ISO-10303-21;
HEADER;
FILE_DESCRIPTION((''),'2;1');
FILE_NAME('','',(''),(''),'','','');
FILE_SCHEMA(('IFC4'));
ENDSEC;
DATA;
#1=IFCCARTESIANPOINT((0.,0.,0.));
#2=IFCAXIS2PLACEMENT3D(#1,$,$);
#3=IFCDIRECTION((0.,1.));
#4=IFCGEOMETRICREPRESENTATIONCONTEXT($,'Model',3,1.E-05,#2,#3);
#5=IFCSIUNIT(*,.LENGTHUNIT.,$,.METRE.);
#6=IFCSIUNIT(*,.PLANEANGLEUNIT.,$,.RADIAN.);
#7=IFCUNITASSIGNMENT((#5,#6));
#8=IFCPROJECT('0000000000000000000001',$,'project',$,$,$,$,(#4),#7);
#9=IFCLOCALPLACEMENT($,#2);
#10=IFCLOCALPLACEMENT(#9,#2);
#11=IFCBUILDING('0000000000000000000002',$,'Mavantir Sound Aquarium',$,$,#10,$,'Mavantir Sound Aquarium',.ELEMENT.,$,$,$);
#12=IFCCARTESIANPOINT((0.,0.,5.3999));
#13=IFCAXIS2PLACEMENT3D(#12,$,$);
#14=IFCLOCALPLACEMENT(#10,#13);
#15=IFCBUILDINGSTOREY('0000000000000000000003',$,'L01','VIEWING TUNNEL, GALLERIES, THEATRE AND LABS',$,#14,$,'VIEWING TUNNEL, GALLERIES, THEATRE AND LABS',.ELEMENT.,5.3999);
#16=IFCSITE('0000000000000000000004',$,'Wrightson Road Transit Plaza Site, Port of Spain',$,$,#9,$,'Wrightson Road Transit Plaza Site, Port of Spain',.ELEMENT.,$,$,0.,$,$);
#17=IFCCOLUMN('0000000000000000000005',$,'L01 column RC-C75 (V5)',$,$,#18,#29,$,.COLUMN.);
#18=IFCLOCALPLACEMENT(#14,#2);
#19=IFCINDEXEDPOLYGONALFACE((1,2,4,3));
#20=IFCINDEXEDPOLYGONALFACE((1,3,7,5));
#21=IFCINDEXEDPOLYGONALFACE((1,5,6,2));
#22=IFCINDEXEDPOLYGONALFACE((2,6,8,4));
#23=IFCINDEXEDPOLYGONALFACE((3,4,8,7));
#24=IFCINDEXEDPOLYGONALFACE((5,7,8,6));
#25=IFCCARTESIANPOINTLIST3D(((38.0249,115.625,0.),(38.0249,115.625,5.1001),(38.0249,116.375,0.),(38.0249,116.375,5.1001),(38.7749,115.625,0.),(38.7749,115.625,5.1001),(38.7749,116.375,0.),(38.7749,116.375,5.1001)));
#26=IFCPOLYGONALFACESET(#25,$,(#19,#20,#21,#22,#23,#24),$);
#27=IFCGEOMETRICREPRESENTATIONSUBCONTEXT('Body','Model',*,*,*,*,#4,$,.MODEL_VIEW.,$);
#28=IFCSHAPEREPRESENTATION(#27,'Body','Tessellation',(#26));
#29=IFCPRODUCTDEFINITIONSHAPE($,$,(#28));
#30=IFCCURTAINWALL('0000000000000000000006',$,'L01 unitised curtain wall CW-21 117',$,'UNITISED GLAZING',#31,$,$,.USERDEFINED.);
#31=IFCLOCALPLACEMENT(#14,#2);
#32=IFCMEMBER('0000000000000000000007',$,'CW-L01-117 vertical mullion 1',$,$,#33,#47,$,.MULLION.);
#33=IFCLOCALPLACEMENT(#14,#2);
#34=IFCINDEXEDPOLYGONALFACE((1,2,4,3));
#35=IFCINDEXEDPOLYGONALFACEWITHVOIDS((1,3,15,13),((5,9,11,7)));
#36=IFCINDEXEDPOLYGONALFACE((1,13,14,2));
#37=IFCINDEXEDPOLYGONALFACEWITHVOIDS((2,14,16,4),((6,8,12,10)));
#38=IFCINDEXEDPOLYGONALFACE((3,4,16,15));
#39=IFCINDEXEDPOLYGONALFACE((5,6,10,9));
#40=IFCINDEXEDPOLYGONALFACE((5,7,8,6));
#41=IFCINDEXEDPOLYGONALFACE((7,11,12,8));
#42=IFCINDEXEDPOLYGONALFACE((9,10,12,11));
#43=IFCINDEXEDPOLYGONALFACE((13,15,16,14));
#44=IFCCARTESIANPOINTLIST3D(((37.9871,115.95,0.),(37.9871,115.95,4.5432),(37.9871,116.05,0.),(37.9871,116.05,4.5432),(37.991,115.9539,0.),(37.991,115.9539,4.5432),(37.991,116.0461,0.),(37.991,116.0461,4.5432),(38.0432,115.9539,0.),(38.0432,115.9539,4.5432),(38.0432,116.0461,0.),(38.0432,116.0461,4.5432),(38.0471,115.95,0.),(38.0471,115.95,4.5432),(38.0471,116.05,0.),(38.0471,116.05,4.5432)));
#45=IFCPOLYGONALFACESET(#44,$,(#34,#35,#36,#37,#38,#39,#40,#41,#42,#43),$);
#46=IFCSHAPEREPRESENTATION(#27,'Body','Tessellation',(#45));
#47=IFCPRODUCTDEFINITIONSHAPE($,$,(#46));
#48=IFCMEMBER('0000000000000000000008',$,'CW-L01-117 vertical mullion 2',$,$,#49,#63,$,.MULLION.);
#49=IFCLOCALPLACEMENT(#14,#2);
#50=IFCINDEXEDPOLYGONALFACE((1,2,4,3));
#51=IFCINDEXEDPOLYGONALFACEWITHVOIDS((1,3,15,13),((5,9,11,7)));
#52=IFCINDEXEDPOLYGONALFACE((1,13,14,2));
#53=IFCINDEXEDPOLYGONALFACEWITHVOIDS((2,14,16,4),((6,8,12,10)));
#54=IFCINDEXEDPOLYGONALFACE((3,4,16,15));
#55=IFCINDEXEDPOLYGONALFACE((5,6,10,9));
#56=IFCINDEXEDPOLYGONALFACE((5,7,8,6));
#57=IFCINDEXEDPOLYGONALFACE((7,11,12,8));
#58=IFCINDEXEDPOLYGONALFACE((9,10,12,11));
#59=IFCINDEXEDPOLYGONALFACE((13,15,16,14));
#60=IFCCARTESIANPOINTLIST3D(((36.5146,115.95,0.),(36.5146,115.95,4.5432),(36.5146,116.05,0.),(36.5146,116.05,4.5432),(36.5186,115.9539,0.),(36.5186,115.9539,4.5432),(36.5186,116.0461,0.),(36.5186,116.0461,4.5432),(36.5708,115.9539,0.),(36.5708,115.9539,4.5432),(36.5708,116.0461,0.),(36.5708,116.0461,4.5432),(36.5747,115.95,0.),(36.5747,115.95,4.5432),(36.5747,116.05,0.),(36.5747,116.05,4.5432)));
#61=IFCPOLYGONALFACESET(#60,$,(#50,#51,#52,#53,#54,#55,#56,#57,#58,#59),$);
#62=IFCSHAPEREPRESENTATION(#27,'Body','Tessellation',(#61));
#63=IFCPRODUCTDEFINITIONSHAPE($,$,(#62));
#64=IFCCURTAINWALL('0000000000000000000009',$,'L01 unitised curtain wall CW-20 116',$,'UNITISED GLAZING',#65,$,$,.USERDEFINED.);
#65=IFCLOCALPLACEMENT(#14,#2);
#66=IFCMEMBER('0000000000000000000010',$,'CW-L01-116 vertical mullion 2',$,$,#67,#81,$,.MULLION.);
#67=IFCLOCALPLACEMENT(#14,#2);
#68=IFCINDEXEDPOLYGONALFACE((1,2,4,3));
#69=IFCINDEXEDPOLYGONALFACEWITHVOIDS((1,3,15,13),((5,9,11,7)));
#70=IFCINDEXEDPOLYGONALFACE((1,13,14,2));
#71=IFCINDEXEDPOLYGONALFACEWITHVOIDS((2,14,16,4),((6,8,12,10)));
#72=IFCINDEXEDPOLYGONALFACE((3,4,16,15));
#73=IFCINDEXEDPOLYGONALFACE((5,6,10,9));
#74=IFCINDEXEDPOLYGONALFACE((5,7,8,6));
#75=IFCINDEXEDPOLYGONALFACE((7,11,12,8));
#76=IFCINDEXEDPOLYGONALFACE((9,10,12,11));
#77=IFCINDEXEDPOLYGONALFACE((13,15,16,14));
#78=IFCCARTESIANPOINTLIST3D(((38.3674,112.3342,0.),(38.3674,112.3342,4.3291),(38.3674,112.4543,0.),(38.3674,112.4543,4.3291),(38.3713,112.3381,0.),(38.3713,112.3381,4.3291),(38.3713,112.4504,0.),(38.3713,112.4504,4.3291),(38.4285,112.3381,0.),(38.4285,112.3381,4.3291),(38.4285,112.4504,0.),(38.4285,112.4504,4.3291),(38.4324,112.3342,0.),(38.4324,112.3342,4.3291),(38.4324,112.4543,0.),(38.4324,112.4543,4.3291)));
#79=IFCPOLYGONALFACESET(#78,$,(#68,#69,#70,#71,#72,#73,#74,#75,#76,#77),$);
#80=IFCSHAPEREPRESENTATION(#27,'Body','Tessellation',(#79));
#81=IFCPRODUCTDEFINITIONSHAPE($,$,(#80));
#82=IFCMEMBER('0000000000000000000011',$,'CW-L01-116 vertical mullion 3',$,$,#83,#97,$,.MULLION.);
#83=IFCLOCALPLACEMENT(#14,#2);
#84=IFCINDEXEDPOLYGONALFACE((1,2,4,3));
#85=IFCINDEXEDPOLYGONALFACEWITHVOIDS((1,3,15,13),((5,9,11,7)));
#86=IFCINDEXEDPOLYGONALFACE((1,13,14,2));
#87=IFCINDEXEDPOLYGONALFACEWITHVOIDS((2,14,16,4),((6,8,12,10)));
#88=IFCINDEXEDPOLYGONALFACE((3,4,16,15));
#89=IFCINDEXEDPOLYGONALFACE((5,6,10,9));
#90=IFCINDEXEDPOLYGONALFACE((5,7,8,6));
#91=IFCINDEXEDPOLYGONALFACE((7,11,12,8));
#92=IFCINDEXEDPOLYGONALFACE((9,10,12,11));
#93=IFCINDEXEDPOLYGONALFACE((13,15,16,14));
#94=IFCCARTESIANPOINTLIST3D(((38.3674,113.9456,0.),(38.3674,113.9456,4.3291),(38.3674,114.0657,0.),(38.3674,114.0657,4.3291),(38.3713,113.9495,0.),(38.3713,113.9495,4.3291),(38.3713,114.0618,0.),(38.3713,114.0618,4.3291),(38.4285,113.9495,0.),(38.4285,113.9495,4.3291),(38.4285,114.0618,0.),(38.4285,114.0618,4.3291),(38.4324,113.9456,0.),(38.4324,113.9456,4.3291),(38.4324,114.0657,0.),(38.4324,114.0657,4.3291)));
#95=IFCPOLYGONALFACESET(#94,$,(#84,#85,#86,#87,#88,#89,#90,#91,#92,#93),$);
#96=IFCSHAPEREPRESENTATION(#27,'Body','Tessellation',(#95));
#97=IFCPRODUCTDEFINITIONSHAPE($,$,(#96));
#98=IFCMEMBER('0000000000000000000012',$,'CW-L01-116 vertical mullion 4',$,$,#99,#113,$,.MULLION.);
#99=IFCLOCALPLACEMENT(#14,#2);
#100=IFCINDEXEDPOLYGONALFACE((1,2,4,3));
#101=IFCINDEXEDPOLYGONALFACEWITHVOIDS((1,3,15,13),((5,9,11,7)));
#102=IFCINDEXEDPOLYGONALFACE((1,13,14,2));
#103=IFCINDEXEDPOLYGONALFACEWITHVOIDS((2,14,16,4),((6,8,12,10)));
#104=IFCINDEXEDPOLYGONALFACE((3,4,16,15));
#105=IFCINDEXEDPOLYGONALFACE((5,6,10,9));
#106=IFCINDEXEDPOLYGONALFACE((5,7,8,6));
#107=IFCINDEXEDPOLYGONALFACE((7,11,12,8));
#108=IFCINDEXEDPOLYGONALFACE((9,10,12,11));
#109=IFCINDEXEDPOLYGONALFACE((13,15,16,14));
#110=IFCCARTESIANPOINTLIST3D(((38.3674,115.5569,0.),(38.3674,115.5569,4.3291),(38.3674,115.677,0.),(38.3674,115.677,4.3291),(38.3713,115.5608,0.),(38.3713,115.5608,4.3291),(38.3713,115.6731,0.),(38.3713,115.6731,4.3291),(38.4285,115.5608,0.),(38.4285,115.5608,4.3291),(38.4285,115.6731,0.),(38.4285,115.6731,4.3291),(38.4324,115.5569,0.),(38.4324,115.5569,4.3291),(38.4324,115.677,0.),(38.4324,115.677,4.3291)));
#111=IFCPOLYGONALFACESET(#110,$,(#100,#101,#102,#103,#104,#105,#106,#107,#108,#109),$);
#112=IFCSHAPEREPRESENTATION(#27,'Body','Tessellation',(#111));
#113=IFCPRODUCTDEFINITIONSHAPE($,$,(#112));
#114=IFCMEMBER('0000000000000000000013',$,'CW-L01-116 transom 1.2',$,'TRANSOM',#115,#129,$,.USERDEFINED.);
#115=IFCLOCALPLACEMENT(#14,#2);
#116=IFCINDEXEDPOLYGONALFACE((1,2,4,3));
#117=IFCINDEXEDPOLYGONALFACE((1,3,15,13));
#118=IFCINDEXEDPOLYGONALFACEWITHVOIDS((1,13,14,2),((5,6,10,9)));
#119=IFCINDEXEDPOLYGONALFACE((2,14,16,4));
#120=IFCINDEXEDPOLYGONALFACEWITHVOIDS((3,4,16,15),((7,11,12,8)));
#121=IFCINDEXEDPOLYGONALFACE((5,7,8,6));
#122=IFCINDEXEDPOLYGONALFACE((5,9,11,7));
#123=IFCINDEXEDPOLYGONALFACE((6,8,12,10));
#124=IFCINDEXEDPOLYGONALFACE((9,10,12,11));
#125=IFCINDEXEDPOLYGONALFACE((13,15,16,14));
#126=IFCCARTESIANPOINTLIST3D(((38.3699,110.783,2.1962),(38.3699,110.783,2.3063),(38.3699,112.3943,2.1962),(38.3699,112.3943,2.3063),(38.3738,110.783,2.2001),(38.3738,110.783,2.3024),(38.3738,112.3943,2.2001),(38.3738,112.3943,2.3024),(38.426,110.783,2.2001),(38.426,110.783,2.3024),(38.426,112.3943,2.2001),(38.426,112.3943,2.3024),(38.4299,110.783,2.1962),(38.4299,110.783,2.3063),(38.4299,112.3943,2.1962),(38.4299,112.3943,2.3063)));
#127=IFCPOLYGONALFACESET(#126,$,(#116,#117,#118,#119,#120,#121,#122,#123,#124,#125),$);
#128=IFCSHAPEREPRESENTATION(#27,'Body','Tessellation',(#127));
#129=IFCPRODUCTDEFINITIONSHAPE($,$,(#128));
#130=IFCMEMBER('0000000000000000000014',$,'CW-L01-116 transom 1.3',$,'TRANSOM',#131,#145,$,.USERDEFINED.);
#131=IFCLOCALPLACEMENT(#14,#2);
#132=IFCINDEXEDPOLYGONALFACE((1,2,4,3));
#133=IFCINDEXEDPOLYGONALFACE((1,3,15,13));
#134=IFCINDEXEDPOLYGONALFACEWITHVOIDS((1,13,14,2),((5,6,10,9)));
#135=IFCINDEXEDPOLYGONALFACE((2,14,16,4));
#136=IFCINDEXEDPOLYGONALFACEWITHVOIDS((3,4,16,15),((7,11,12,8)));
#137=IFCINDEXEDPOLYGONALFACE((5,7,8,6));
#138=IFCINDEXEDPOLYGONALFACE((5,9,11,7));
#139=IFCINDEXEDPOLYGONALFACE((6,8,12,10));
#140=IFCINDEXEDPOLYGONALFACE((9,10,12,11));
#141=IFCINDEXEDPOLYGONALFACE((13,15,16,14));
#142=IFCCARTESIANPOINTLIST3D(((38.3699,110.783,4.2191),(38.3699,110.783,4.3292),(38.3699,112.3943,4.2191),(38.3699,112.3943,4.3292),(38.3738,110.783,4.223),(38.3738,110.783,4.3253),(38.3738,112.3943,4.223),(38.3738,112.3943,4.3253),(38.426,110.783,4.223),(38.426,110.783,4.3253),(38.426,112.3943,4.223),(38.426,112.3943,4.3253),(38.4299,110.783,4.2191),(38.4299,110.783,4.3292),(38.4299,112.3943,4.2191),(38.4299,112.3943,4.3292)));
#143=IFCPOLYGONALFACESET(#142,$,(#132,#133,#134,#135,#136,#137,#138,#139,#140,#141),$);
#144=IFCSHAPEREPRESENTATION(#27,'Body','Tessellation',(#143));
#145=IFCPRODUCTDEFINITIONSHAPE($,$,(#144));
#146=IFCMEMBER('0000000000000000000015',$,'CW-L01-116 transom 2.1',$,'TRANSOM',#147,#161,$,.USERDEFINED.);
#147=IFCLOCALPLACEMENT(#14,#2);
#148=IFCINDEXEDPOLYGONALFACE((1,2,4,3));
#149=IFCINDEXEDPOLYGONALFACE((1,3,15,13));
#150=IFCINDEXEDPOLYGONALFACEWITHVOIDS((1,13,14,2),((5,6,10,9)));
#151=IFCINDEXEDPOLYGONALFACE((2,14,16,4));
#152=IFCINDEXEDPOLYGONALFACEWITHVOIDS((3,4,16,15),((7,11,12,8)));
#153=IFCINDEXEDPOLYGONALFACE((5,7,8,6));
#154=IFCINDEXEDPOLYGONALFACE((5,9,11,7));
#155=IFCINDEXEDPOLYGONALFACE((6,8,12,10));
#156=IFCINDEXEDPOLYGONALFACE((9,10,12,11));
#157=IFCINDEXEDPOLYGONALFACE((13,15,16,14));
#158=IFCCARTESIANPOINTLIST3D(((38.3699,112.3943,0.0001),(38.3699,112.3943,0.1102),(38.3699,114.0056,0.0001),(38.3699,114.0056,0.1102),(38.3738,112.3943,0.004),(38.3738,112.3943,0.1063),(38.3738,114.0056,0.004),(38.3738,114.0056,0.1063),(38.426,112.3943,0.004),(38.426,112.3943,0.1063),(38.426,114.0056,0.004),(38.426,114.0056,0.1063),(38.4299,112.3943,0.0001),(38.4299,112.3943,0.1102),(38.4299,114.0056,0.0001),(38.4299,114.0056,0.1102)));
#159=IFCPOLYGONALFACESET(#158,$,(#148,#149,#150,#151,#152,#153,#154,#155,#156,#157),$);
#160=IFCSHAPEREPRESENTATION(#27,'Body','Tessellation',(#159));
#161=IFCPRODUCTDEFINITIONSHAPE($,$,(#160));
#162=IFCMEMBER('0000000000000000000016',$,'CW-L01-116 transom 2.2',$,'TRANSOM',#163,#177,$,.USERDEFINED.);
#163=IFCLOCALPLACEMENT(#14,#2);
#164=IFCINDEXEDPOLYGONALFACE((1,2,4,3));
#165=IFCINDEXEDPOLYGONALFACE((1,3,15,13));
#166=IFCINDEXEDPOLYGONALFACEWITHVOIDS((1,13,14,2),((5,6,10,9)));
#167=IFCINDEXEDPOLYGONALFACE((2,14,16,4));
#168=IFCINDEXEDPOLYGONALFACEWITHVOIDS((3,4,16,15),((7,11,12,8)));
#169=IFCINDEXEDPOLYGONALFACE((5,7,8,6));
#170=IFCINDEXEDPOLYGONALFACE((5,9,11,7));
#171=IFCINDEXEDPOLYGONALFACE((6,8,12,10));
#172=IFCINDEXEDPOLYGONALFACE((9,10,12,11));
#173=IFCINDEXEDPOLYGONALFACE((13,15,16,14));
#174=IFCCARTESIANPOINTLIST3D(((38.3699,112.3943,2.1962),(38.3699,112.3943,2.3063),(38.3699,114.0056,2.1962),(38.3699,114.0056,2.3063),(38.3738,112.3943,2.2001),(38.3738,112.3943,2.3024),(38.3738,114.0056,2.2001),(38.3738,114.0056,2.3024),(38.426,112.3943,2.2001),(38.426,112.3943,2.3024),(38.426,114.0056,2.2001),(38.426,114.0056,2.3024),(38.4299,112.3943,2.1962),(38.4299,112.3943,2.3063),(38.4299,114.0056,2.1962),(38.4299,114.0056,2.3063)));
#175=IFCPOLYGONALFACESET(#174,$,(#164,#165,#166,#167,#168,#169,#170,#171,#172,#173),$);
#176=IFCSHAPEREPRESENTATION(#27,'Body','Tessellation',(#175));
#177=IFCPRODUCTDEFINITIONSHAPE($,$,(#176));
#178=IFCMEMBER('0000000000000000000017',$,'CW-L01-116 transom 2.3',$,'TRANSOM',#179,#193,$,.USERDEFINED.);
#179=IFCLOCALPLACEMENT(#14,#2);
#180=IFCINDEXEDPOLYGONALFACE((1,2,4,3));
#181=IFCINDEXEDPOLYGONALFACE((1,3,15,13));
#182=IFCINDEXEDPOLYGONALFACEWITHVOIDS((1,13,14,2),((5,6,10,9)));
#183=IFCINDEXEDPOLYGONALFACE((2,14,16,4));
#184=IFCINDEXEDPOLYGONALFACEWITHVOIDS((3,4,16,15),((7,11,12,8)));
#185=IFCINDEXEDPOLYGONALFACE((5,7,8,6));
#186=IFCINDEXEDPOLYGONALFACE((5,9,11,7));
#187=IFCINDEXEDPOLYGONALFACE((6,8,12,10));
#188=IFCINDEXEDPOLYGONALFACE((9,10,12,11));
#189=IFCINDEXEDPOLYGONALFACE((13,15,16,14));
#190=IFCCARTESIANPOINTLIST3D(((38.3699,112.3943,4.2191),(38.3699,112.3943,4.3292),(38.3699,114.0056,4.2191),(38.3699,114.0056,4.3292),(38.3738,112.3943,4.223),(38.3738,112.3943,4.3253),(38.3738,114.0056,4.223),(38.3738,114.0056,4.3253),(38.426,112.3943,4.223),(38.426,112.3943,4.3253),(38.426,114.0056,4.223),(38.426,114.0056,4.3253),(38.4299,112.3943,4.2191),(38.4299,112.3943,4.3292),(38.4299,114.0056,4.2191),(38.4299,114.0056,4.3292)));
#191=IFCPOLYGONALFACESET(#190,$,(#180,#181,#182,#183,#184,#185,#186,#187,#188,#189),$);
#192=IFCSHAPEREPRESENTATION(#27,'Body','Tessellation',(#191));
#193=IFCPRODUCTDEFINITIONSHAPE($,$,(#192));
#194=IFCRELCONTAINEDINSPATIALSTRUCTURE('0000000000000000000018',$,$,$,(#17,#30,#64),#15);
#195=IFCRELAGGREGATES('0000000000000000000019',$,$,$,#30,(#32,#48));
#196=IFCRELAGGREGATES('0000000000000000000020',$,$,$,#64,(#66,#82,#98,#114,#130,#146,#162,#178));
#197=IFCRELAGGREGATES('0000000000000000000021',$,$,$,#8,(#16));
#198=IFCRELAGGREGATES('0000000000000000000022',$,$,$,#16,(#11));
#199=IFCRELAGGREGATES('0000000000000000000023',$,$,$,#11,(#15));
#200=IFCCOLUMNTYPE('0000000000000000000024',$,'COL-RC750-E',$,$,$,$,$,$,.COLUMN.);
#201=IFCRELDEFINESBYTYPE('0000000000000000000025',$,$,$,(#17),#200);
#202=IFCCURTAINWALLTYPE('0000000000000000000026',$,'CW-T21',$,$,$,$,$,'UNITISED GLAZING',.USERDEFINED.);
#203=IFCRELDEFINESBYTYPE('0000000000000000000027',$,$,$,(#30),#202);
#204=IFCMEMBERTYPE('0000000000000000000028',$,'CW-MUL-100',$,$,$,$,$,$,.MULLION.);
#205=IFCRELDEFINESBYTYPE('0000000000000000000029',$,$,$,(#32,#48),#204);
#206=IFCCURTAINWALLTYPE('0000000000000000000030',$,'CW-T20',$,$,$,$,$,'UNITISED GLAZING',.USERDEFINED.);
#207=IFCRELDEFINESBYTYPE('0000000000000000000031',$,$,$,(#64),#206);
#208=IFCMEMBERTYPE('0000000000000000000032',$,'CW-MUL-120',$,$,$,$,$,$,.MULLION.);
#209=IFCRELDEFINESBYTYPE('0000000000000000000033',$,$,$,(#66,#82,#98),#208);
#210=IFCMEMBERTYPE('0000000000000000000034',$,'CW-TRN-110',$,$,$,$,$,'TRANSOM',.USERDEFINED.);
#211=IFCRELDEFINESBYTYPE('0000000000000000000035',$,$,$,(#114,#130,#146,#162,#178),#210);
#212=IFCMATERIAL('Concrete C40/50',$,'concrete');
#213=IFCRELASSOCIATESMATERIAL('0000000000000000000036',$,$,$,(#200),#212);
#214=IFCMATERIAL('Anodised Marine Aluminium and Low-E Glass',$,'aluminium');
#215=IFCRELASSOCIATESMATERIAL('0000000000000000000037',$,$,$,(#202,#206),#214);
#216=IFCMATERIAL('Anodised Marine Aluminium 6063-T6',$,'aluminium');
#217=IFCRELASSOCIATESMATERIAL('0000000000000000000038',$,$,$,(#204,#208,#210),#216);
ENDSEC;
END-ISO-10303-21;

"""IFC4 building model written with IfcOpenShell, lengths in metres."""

from ifc_helpers import new_model, si_unit, direction, frame, origin, origin_2d, place, context, subcontext, project, spatial, rectangle, hollow_rectangle, extrude, material, material_profile, profile_set, type_object, element, aggregate, save


model = new_model("IFC4")

# Units and contexts
model_context = context("Model", 3, precision=1e-05, world=origin(), true_north=direction((0.0, 1.0)))
body_context = subcontext(model_context, "Body", "Model", "MODEL_VIEW")
ifc_project = project(units=[si_unit("LENGTHUNIT", "METRE"), si_unit("PLANEANGLEUNIT", "RADIAN")], contexts=[model_context])

# Site, building, storey
site_placement = place(None, origin())
site = spatial("IfcSite", under=ifc_project, at=site_placement, Name="Wrightson Road Transit Plaza Site, Port of Spain", LongName="Wrightson Road Transit Plaza Site, Port of Spain", CompositionType="ELEMENT", RefElevation=0.0)
building_placement = place(site_placement, origin())
building = spatial("IfcBuilding", under=site, at=building_placement, Name="Mavantir Sound Aquarium", LongName="Mavantir Sound Aquarium", CompositionType="ELEMENT")
storey_placement = place(building_placement, frame((0.0, 0.0, 5.3999)))
storey = spatial("IfcBuildingStorey", under=building, at=storey_placement, Name="L01", Description="VIEWING TUNNEL, GALLERIES, THEATRE AND LABS", LongName="VIEWING TUNNEL, GALLERIES, THEATRE AND LABS", CompositionType="ELEMENT", Elevation=5.3999)

# Column
ifc_material_1 = material(Name="Concrete C40/50", Category="concrete")
ifc_material_profile_1 = material_profile(ifc_material_1, rectangle(XDim=0.75, YDim=0.75, at=origin_2d()), Name="RC 750X750")
ifc_profile_set_1 = profile_set([ifc_material_profile_1], Name="Concrete C40/50")
column_type = type_object("IfcColumnType", Name="COL-RC750-E", PredefinedType="COLUMN", material=ifc_profile_set_1)
column_placement = place(storey_placement, frame((38.3999, 116.0, 0.0), z_axis=(0.0, 0.0, 1.0), x_axis=(1.0, 0.0, 0.0)))
element("IfcColumn", 1, at=column_placement, inside=storey, type_object=column_type, Name="L01 column RC-C75 (V5)", PredefinedType="COLUMN", context=body_context, shape_type="SweptSolid", body=[
    extrude(rectangle(XDim=0.75, YDim=0.75, at=origin_2d()), origin(), (0.0, 0.0, 1.0), 5.1001),
])

# Curtain walls, members
ifc_material_2 = material(Name="Anodised Marine Aluminium and Low-E Glass", Category="aluminium")
curtain_wall_type_1 = type_object("IfcCurtainWallType", Name="CW-T21", ElementType="UNITISED GLAZING", PredefinedType="USERDEFINED", material=ifc_material_2)
curtain_wall_1_placement = place(storey_placement, origin())
curtain_wall_1 = element("IfcCurtainWall", 2, at=curtain_wall_1_placement, inside=storey, type_object=curtain_wall_type_1, Name="L01 unitised curtain wall CW-21 117", ObjectType="UNITISED GLAZING", PredefinedType="USERDEFINED")
ifc_material_3 = material(Name="Anodised Marine Aluminium 6063-T6", Category="aluminium")
ifc_material_profile_2 = material_profile(ifc_material_3, hollow_rectangle(XDim=0.0601, YDim=0.1001, WallThickness=0.0039, at=origin_2d()), Name="ALU-MULLION-100X60")
ifc_profile_set_2 = profile_set([ifc_material_profile_2], Name="Anodised Marine Aluminium 6063-T6")
member_type_1 = type_object("IfcMemberType", Name="CW-MUL-100", PredefinedType="MULLION", material=ifc_profile_set_2)
member_1_placement = place(storey_placement, frame((38.0171, 116.0, 0.0), z_axis=(0.0, 0.0, 1.0), x_axis=(1.0, 0.0, 0.0)))
member_1 = element("IfcMember", 3, at=member_1_placement, type_object=member_type_1, Name="CW-L01-117 vertical mullion 1", PredefinedType="MULLION", context=body_context, shape_type="SweptSolid", body=[
    extrude(hollow_rectangle(XDim=0.0601, YDim=0.1001, WallThickness=0.0039, at=origin_2d()), origin(), (0.0, 0.0, 1.0), 4.5432),
])
member_2_placement = place(storey_placement, frame((36.5447, 116.0, 0.0), z_axis=(0.0, 0.0, 1.0), x_axis=(1.0, 0.0, 0.0)))
member_2 = element("IfcMember", 4, at=member_2_placement, type_object=member_type_1, Name="CW-L01-117 vertical mullion 2", PredefinedType="MULLION", context=body_context, shape_type="SweptSolid", body=[
    extrude(hollow_rectangle(XDim=0.0601, YDim=0.1001, WallThickness=0.0039, at=origin_2d()), origin(), (0.0, 0.0, 1.0), 4.5432),
])
curtain_wall_type_2 = type_object("IfcCurtainWallType", Name="CW-T20", ElementType="UNITISED GLAZING", PredefinedType="USERDEFINED", material=ifc_material_2)
curtain_wall_2_placement = place(storey_placement, origin())
curtain_wall_2 = element("IfcCurtainWall", 5, at=curtain_wall_2_placement, inside=storey, type_object=curtain_wall_type_2, Name="L01 unitised curtain wall CW-20 116", ObjectType="UNITISED GLAZING", PredefinedType="USERDEFINED")
ifc_material_profile_3 = material_profile(ifc_material_3, hollow_rectangle(XDim=0.0649, YDim=0.1201, WallThickness=0.0039, at=origin_2d()), Name="ALU-MULLION-120X65")
ifc_profile_set_3 = profile_set([ifc_material_profile_3], Name="Anodised Marine Aluminium 6063-T6")
member_type_2 = type_object("IfcMemberType", Name="CW-MUL-120", PredefinedType="MULLION", material=ifc_profile_set_3)
member_3_placement = place(storey_placement, frame((38.3999, 112.3943, 0.0), z_axis=(0.0, 0.0, 1.0), x_axis=(1.0, 0.0, 0.0)))
member_3 = element("IfcMember", 6, at=member_3_placement, type_object=member_type_2, Name="CW-L01-116 vertical mullion 2", PredefinedType="MULLION", context=body_context, shape_type="SweptSolid", body=[
    extrude(hollow_rectangle(XDim=0.0649, YDim=0.1201, WallThickness=0.0039, at=origin_2d()), origin(), (0.0, 0.0, 1.0), 4.3291),
])
member_4_placement = place(storey_placement, frame((38.3999, 114.0056, 0.0), z_axis=(0.0, 0.0, 1.0), x_axis=(1.0, 0.0, 0.0)))
member_4 = element("IfcMember", 7, at=member_4_placement, type_object=member_type_2, Name="CW-L01-116 vertical mullion 3", PredefinedType="MULLION", context=body_context, shape_type="SweptSolid", body=[
    extrude(hollow_rectangle(XDim=0.0649, YDim=0.1201, WallThickness=0.0039, at=origin_2d()), origin(), (0.0, 0.0, 1.0), 4.3291),
])
member_5_placement = place(storey_placement, frame((38.3999, 115.6169, 0.0), z_axis=(0.0, 0.0, 1.0), x_axis=(1.0, 0.0, 0.0)))
member_5 = element("IfcMember", 8, at=member_5_placement, type_object=member_type_2, Name="CW-L01-116 vertical mullion 4", PredefinedType="MULLION", context=body_context, shape_type="SweptSolid", body=[
    extrude(hollow_rectangle(XDim=0.0649, YDim=0.1201, WallThickness=0.0039, at=origin_2d()), origin(), (0.0, 0.0, 1.0), 4.3291),
])
ifc_material_profile_4 = material_profile(ifc_material_3, hollow_rectangle(XDim=0.0601, YDim=0.1101, WallThickness=0.0039, at=origin_2d()), Name="ALU-TRANSOM-110X60")
ifc_profile_set_4 = profile_set([ifc_material_profile_4], Name="Anodised Marine Aluminium 6063-T6")
member_type_3 = type_object("IfcMemberType", Name="CW-TRN-110", ElementType="TRANSOM", PredefinedType="USERDEFINED", material=ifc_profile_set_4)
member_6_placement = place(storey_placement, frame((38.3999, 110.783, 2.2512), z_axis=(0.0, 1.0, 0.0), x_axis=(-1.0, 0.0, 0.0)))
member_6 = element("IfcMember", 9, at=member_6_placement, type_object=member_type_3, Name="CW-L01-116 transom 1.2", ObjectType="TRANSOM", PredefinedType="USERDEFINED", context=body_context, shape_type="SweptSolid", body=[
    extrude(hollow_rectangle(XDim=0.0601, YDim=0.1101, WallThickness=0.0039, at=origin_2d()), origin(), (0.0, 0.0, 1.0), 1.6113),
])
member_7_placement = place(storey_placement, frame((38.3999, 110.783, 4.2742), z_axis=(0.0, 1.0, 0.0), x_axis=(-1.0, 0.0, 0.0)))
member_7 = element("IfcMember", 10, at=member_7_placement, type_object=member_type_3, Name="CW-L01-116 transom 1.3", ObjectType="TRANSOM", PredefinedType="USERDEFINED", context=body_context, shape_type="SweptSolid", body=[
    extrude(hollow_rectangle(XDim=0.0601, YDim=0.1101, WallThickness=0.0039, at=origin_2d()), origin(), (0.0, 0.0, 1.0), 1.6113),
])
member_8_placement = place(storey_placement, frame((38.3999, 112.3943, 0.0552), z_axis=(0.0, 1.0, 0.0), x_axis=(-1.0, 0.0, 0.0)))
member_8 = element("IfcMember", 11, at=member_8_placement, type_object=member_type_3, Name="CW-L01-116 transom 2.1", ObjectType="TRANSOM", PredefinedType="USERDEFINED", context=body_context, shape_type="SweptSolid", body=[
    extrude(hollow_rectangle(XDim=0.0601, YDim=0.1101, WallThickness=0.0039, at=origin_2d()), origin(), (0.0, 0.0, 1.0), 1.6113),
])
member_9_placement = place(storey_placement, frame((38.3999, 112.3943, 2.2512), z_axis=(0.0, 1.0, 0.0), x_axis=(-1.0, 0.0, 0.0)))
member_9 = element("IfcMember", 12, at=member_9_placement, type_object=member_type_3, Name="CW-L01-116 transom 2.2", ObjectType="TRANSOM", PredefinedType="USERDEFINED", context=body_context, shape_type="SweptSolid", body=[
    extrude(hollow_rectangle(XDim=0.0601, YDim=0.1101, WallThickness=0.0039, at=origin_2d()), origin(), (0.0, 0.0, 1.0), 1.6113),
])
member_10_placement = place(storey_placement, frame((38.3999, 112.3943, 4.2742), z_axis=(0.0, 1.0, 0.0), x_axis=(-1.0, 0.0, 0.0)))
member_10 = element("IfcMember", 13, at=member_10_placement, type_object=member_type_3, Name="CW-L01-116 transom 2.3", ObjectType="TRANSOM", PredefinedType="USERDEFINED", context=body_context, shape_type="SweptSolid", body=[
    extrude(hollow_rectangle(XDim=0.0601, YDim=0.1101, WallThickness=0.0039, at=origin_2d()), origin(), (0.0, 0.0, 1.0), 1.6113),
])

aggregate(curtain_wall_1, [member_1, member_2])
aggregate(curtain_wall_2, [member_3, member_4, member_5, member_6, member_7, member_8, member_9, member_10])

save(model, "model.ifc")
